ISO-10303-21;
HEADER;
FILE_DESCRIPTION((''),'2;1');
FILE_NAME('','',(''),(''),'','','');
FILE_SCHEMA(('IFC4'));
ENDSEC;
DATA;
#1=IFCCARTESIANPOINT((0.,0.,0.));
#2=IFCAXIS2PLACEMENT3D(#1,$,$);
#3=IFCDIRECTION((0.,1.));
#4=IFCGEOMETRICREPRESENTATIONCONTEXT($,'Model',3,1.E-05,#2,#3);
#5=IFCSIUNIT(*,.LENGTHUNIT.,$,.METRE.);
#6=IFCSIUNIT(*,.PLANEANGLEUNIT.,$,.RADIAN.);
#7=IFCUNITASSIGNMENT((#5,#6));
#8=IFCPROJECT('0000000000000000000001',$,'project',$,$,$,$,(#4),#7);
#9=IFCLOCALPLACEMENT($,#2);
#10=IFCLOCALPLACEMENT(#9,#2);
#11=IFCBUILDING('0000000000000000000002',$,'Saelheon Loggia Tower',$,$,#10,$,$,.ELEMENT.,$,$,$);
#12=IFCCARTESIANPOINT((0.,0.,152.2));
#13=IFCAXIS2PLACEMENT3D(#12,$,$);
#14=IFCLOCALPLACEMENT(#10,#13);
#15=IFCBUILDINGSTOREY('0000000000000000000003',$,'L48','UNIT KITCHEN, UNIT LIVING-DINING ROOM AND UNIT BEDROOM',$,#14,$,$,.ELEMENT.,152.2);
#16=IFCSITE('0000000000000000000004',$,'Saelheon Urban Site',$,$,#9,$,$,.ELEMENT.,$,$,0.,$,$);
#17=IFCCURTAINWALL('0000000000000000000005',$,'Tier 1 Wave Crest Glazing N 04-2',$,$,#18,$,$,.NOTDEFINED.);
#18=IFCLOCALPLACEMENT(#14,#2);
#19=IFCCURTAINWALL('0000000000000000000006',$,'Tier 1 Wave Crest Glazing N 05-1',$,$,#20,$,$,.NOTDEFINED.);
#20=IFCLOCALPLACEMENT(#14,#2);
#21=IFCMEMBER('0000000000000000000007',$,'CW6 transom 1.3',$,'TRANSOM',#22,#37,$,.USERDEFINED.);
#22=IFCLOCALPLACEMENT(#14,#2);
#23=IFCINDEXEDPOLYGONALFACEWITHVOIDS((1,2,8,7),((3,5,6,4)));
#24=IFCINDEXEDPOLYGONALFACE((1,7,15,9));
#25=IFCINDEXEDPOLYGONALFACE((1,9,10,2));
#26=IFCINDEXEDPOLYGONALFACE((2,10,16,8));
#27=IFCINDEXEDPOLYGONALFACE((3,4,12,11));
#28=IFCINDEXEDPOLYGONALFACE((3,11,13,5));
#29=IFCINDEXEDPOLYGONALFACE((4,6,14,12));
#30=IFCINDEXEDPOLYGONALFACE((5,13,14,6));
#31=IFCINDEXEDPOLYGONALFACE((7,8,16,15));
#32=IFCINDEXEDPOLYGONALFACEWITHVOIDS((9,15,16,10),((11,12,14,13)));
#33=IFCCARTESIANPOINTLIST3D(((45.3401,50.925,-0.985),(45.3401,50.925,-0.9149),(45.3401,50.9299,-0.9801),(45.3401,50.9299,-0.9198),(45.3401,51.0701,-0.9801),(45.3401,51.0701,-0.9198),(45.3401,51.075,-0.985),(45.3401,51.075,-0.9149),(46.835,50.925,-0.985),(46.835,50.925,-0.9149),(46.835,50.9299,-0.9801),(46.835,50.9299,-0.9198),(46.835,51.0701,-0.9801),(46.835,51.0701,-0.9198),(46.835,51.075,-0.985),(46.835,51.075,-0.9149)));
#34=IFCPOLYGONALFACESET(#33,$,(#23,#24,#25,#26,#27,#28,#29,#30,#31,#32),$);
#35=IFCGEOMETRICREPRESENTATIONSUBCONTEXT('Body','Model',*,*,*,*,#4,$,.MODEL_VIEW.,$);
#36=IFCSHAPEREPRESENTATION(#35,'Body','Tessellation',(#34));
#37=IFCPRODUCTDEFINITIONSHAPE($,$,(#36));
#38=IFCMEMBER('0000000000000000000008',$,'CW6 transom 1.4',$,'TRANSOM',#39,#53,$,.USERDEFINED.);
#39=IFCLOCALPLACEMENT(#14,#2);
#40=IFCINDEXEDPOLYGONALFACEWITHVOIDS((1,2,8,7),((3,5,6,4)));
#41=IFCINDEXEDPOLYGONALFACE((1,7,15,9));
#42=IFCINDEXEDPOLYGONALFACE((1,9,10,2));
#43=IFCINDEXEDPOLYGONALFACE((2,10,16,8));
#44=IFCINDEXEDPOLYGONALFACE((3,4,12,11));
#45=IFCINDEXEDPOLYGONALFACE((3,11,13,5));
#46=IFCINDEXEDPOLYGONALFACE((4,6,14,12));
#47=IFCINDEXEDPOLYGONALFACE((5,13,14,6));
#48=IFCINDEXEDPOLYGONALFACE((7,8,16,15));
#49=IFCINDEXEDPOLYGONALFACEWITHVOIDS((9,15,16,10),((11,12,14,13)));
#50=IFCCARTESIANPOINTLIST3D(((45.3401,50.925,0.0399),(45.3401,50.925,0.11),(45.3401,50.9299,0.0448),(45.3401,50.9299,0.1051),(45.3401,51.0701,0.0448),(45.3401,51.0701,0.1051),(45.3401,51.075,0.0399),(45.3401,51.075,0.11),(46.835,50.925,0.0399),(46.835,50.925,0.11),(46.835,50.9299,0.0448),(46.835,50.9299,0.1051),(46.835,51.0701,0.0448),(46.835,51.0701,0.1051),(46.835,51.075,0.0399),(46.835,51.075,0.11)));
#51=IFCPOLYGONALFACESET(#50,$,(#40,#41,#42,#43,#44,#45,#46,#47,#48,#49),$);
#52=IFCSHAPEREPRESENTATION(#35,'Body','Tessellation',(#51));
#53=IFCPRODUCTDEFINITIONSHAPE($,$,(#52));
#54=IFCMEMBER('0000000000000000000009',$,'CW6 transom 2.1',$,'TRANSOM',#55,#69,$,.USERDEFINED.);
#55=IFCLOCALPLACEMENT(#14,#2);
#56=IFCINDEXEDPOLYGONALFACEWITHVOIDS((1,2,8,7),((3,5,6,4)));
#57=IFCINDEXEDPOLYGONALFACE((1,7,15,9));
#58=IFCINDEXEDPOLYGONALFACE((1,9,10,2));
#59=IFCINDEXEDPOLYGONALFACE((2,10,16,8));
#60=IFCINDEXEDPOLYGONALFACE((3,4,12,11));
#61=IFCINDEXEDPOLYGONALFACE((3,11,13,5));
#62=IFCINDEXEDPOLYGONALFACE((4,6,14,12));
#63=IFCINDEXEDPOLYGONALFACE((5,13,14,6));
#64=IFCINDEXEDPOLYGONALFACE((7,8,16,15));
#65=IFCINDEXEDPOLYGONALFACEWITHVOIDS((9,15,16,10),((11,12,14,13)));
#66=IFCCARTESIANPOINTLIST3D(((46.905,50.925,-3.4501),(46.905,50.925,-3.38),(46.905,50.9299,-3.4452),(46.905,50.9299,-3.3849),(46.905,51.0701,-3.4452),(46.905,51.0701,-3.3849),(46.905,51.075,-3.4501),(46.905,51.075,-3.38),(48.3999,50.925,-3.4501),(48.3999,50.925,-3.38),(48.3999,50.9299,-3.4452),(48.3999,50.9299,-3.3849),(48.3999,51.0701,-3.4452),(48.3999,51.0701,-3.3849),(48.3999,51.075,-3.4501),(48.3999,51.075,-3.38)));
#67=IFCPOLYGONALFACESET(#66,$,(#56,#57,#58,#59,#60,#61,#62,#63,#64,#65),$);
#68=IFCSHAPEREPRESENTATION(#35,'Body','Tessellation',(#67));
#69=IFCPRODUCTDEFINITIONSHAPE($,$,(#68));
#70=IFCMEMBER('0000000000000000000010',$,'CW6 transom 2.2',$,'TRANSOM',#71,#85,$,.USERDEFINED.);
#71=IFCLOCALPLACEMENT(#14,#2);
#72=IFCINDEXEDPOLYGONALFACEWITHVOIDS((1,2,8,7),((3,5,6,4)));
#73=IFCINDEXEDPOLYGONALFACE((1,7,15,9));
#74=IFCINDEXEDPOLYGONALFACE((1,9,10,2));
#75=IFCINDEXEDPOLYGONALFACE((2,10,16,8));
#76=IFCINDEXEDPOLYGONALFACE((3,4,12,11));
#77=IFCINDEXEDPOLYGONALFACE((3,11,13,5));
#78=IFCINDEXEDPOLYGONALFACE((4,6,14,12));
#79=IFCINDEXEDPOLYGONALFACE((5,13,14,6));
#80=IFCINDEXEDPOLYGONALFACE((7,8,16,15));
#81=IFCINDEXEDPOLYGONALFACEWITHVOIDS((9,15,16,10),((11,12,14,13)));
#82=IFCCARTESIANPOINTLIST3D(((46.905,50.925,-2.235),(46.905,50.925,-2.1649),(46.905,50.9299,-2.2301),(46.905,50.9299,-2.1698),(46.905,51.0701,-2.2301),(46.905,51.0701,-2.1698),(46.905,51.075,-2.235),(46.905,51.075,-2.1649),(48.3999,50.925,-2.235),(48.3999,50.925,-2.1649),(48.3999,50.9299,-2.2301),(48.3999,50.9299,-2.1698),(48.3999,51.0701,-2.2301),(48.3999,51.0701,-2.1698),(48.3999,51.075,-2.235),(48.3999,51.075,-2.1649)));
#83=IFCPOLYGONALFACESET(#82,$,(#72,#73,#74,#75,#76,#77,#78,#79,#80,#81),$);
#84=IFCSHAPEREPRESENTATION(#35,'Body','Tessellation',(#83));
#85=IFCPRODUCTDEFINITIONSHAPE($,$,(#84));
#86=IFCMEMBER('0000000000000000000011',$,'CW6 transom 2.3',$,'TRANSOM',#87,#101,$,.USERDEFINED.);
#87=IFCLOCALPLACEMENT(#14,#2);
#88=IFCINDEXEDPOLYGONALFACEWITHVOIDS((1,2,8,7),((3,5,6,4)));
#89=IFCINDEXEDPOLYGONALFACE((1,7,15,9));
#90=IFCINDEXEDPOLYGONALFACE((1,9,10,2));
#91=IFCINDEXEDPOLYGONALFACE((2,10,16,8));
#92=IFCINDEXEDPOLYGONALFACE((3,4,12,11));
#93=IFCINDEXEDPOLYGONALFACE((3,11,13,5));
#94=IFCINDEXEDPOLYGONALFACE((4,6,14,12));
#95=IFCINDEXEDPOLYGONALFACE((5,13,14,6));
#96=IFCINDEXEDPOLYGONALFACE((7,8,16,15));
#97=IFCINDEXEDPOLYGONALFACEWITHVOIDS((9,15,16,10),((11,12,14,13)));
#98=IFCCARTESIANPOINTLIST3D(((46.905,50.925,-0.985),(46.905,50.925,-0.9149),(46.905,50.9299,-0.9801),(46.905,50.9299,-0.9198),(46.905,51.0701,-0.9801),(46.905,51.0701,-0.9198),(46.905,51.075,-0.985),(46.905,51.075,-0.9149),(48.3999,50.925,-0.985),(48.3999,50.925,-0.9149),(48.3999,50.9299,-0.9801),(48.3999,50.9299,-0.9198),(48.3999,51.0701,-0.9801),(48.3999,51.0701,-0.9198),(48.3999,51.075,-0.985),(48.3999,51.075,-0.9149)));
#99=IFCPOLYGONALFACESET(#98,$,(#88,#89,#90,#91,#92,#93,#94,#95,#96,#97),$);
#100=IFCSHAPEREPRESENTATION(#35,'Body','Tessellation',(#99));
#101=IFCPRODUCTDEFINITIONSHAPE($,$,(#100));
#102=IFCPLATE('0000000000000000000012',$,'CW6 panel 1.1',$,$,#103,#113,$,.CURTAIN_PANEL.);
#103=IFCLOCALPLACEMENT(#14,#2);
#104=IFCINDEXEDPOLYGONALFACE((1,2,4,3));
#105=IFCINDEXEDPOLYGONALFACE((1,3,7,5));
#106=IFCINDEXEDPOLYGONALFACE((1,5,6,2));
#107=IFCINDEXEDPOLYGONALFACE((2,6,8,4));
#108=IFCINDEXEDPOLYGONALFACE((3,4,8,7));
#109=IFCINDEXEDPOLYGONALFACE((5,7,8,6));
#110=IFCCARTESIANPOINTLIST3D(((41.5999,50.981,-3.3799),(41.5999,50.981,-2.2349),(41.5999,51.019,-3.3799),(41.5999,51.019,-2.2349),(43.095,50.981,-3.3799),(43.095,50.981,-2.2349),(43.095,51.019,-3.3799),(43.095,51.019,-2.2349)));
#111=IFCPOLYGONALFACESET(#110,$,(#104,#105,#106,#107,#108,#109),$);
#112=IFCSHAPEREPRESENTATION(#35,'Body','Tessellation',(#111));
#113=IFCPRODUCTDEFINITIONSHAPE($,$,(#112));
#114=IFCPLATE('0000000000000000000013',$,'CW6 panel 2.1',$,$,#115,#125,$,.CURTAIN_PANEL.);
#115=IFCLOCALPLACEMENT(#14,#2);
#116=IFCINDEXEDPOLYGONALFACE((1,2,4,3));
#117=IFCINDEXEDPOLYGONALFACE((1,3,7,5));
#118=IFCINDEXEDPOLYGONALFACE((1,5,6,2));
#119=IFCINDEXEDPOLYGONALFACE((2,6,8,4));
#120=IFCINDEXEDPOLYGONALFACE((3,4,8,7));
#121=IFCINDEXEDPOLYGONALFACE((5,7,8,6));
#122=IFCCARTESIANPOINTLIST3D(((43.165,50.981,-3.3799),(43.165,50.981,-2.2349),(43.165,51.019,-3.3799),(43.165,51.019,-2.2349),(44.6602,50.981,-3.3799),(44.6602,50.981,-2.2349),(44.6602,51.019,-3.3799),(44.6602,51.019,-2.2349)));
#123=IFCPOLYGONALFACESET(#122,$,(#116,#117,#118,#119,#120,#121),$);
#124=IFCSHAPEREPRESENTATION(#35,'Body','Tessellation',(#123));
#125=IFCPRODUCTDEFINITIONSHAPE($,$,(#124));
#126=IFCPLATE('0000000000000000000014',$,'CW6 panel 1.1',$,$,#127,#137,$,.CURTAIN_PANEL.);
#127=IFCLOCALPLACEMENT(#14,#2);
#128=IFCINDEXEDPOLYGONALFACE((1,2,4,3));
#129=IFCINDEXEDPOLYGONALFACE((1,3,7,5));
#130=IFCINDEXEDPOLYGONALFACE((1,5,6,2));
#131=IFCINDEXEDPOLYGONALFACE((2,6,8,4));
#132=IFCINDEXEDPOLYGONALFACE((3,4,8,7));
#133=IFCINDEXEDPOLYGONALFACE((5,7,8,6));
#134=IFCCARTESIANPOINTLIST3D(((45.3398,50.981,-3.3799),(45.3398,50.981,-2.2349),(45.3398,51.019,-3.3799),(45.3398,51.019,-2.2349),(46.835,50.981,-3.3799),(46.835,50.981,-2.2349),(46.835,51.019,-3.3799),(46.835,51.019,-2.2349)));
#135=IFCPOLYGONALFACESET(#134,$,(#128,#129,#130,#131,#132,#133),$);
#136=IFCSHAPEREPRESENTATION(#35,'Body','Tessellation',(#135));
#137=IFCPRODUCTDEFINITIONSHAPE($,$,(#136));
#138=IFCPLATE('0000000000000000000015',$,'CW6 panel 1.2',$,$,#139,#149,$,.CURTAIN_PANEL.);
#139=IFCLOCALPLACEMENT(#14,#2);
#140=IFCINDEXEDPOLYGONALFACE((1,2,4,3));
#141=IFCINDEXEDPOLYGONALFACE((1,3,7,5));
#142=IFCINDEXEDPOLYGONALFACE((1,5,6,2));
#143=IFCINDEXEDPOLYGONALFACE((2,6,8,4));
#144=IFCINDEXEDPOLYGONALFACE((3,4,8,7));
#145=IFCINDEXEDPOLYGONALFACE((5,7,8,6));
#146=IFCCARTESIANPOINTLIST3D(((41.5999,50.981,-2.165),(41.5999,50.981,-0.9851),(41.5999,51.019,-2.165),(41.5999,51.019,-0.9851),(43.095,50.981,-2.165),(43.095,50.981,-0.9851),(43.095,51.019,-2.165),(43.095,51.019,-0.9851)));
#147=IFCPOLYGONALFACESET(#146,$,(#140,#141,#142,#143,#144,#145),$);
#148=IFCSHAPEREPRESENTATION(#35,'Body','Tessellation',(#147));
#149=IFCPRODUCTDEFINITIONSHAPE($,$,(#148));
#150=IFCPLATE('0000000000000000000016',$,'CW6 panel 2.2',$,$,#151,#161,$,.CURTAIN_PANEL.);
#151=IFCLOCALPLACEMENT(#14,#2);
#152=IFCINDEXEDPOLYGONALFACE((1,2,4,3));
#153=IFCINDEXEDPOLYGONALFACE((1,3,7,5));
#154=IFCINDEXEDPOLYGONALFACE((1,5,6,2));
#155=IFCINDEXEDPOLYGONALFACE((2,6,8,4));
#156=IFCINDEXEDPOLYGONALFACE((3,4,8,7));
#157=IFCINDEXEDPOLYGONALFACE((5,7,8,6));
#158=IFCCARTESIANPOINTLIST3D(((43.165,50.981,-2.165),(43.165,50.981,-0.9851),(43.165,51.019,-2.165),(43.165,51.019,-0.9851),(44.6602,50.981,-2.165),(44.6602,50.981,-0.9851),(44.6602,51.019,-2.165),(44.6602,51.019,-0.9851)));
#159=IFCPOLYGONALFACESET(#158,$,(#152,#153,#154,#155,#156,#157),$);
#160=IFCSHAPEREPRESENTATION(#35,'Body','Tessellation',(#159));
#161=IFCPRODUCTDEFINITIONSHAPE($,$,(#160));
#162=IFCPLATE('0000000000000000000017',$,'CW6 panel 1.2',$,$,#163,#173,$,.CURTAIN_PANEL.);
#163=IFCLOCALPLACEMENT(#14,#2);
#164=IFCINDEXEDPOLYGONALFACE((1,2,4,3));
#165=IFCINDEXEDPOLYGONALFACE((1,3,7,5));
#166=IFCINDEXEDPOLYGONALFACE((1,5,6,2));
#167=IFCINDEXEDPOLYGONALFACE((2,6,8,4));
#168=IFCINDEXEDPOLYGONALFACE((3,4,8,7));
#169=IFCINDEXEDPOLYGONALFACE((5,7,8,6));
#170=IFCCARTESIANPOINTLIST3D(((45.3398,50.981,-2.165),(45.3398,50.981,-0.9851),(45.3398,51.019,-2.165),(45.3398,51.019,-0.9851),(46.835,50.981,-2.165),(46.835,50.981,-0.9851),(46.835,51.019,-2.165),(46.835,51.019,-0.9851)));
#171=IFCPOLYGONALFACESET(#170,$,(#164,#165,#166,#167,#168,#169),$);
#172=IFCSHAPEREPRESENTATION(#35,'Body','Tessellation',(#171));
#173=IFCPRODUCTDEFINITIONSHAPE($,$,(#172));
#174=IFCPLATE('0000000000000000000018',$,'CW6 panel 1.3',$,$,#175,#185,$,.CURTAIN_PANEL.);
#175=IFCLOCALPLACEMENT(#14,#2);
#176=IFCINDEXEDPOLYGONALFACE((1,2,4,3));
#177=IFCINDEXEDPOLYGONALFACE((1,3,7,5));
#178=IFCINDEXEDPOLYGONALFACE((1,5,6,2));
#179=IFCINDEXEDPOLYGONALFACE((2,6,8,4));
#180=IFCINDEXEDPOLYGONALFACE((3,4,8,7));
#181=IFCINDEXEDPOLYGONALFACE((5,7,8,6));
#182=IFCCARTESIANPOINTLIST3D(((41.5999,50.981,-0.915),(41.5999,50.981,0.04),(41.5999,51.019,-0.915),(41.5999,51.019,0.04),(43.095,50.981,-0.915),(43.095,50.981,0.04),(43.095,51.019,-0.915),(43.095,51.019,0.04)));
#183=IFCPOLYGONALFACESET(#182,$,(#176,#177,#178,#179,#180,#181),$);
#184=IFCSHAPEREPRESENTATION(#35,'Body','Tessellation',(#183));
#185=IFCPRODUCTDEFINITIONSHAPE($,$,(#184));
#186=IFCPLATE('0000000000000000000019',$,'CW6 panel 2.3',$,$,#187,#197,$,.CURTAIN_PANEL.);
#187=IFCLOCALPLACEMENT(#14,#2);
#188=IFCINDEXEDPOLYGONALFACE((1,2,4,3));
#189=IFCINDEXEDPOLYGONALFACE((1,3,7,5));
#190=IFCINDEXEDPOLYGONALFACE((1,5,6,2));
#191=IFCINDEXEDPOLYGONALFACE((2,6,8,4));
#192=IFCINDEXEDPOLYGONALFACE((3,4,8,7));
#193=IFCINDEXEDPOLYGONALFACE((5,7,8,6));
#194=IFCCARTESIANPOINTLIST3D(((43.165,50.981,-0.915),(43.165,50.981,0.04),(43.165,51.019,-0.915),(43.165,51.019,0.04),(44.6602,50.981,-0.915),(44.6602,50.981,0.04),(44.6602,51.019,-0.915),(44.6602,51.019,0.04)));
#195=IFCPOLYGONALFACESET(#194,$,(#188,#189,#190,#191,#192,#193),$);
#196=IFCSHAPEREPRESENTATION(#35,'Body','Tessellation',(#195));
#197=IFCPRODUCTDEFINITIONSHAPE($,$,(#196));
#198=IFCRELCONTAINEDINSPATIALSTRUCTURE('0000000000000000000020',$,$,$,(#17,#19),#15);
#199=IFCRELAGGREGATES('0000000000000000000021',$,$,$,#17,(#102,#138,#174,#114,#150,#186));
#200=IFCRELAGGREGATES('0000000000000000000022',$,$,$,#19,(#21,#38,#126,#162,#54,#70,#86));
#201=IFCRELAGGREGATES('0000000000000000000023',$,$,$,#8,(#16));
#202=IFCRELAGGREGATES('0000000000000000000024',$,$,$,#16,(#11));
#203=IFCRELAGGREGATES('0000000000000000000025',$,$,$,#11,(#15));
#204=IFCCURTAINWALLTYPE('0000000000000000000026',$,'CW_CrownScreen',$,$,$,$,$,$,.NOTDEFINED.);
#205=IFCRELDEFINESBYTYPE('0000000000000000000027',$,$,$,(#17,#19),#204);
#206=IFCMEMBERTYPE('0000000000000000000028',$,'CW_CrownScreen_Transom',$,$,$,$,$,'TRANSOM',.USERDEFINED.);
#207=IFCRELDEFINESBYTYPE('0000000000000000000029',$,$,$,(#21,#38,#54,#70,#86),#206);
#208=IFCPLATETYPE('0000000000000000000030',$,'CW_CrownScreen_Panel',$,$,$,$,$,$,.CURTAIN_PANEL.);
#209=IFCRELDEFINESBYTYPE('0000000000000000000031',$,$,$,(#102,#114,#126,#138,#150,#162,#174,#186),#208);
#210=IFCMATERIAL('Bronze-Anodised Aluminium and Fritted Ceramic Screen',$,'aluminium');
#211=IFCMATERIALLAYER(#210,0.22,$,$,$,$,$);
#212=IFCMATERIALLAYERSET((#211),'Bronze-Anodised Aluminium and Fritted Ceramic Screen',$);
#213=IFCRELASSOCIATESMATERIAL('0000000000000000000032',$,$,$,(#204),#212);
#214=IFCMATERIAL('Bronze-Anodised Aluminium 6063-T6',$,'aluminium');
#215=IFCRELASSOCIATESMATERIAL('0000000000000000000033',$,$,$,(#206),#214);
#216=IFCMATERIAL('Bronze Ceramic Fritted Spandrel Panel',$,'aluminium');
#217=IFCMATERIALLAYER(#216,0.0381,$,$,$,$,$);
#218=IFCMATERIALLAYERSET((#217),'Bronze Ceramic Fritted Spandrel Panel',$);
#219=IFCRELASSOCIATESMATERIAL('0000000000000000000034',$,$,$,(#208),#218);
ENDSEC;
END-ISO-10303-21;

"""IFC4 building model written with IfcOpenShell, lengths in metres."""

from ifc_helpers import new_model, si_unit, direction, frame, origin, origin_2d, place, context, subcontext, project, spatial, rectangle, hollow_rectangle, extrude, source, transform, mapped, material, layer, layer_set, material_profile, profile_set, type_object, element, aggregate, save


model = new_model("IFC4")

# Units and contexts
model_context = context("Model", 3, precision=1e-05, world=origin(), true_north=direction((0.0, 1.0)))
body_context = subcontext(model_context, "Body", "Model", "MODEL_VIEW")
ifc_project = project(units=[si_unit("LENGTHUNIT", "METRE"), si_unit("PLANEANGLEUNIT", "RADIAN")], contexts=[model_context])

# Site, building, storey
site_placement = place(None, origin())
site = spatial("IfcSite", under=ifc_project, at=site_placement, Name="Saelheon Urban Site", CompositionType="ELEMENT", RefElevation=0.0)
building_placement = place(site_placement, origin())
building = spatial("IfcBuilding", under=site, at=building_placement, Name="Saelheon Loggia Tower", CompositionType="ELEMENT")
storey_placement = place(building_placement, frame((0.0, 0.0, 152.2)))
storey = spatial("IfcBuildingStorey", under=building, at=storey_placement, Name="L48", Description="UNIT KITCHEN, UNIT LIVING-DINING ROOM AND UNIT BEDROOM", CompositionType="ELEMENT", Elevation=152.2)

# Curtain walls
ifc_material_1 = material(Name="Bronze-Anodised Aluminium and Fritted Ceramic Screen", Category="aluminium")
ifc_layer_1 = layer(ifc_material_1, 0.22)
ifc_layer_set_1 = layer_set([ifc_layer_1], Name="Bronze-Anodised Aluminium and Fritted Ceramic Screen")
curtain_wall_type = type_object("IfcCurtainWallType", Name="CW_CrownScreen", PredefinedType="NOTDEFINED", material=ifc_layer_set_1)
curtain_wall_1_placement = place(storey_placement, origin())
curtain_wall_1 = element("IfcCurtainWall", 1, at=curtain_wall_1_placement, inside=storey, type_object=curtain_wall_type, Name="Tier 1 Wave Crest Glazing N 04-2", PredefinedType="NOTDEFINED")
ifc_material_2 = material(Name="Bronze-Anodised Aluminium 6063-T6", Category="aluminium")
curtain_wall_2_placement = place(storey_placement, origin())
curtain_wall_2 = element("IfcCurtainWall", 2, at=curtain_wall_2_placement, inside=storey, type_object=curtain_wall_type, Name="Tier 1 Wave Crest Glazing N 05-1", PredefinedType="NOTDEFINED")

# Members
ifc_material_profile_1 = material_profile(ifc_material_2, hollow_rectangle(XDim=0.0701, YDim=0.1499, WallThickness=0.0049, at=origin_2d()), Name="RHS-150x70x5")
ifc_profile_set_1 = profile_set([ifc_material_profile_1], Name="Bronze-Anodised Aluminium 6063-T6")
member_type_1 = type_object("IfcMemberType", Name="CW_CrownScreen_Transom", ElementType="TRANSOM", PredefinedType="USERDEFINED", material=ifc_profile_set_1)
shared_shape_1 = source(origin(), body_context, "Body", "SweptSolid", [
    extrude(hollow_rectangle(XDim=0.0701, YDim=0.1499, WallThickness=0.0049, at=origin_2d()), origin(), (0.0, 0.0, 1.0), 1.4949),
])
member_1_placement = place(storey_placement, frame((45.3401, 51.0, -0.95), z_axis=(1.0, 0.0, 0.0), x_axis=(0.0, 0.0, 1.0)))
member_1 = element("IfcMember", 3, at=member_1_placement, type_object=member_type_1, Name="CW6 transom 1.3", ObjectType="TRANSOM", PredefinedType="USERDEFINED", context=body_context, shape_type="MappedRepresentation", body=[
    mapped(shared_shape_1, transform((0.0, 0.0, 0.0), scale=1.0)),
])
member_2_placement = place(storey_placement, frame((45.3401, 51.0, 0.075), z_axis=(1.0, 0.0, 0.0), x_axis=(0.0, 0.0, 1.0)))
member_2 = element("IfcMember", 4, at=member_2_placement, type_object=member_type_1, Name="CW6 transom 1.4", ObjectType="TRANSOM", PredefinedType="USERDEFINED", context=body_context, shape_type="MappedRepresentation", body=[
    mapped(shared_shape_1, transform((0.0, 0.0, 0.0), scale=1.0)),
])
member_3_placement = place(storey_placement, frame((46.905, 51.0, -3.415), z_axis=(1.0, 0.0, 0.0), x_axis=(0.0, 0.0, 1.0)))
member_3 = element("IfcMember", 5, at=member_3_placement, type_object=member_type_1, Name="CW6 transom 2.1", ObjectType="TRANSOM", PredefinedType="USERDEFINED", context=body_context, shape_type="MappedRepresentation", body=[
    mapped(shared_shape_1, transform((0.0, 0.0, 0.0), scale=1.0)),
])
member_4_placement = place(storey_placement, frame((46.905, 51.0, -2.2), z_axis=(1.0, 0.0, 0.0), x_axis=(0.0, 0.0, 1.0)))
member_4 = element("IfcMember", 6, at=member_4_placement, type_object=member_type_1, Name="CW6 transom 2.2", ObjectType="TRANSOM", PredefinedType="USERDEFINED", context=body_context, shape_type="MappedRepresentation", body=[
    mapped(shared_shape_1, transform((0.0, 0.0, 0.0), scale=1.0)),
])
member_5_placement = place(storey_placement, frame((46.905, 51.0, -0.95), z_axis=(1.0, 0.0, 0.0), x_axis=(0.0, 0.0, 1.0)))
member_5 = element("IfcMember", 7, at=member_5_placement, type_object=member_type_1, Name="CW6 transom 2.3", ObjectType="TRANSOM", PredefinedType="USERDEFINED", context=body_context, shape_type="MappedRepresentation", body=[
    mapped(shared_shape_1, transform((0.0, 0.0, 0.0), scale=1.0)),
])

# Plates
ifc_material_3 = material(Name="Bronze Ceramic Fritted Spandrel Panel", Category="aluminium")
ifc_layer_2 = layer(ifc_material_3, 0.0381)
ifc_layer_set_2 = layer_set([ifc_layer_2], Name="Bronze Ceramic Fritted Spandrel Panel")
plate_type = type_object("IfcPlateType", Name="CW_CrownScreen_Panel", PredefinedType="CURTAIN_PANEL", material=ifc_layer_set_2)
shared_shape_2 = source(origin(), body_context, "Body", "SweptSolid", [
    extrude(rectangle(XDim=1.4951, YDim=0.0381, at=origin_2d()), origin(), (0.0, 0.0, 1.0), 1.145),
])
plate_1_placement = place(storey_placement, frame((42.3474, 51.0, -3.3799), z_axis=(0.0, 0.0, 1.0), x_axis=(1.0, 0.0, 0.0)))
plate_1 = element("IfcPlate", 8, at=plate_1_placement, type_object=plate_type, Name="CW6 panel 1.1", PredefinedType="CURTAIN_PANEL", context=body_context, shape_type="MappedRepresentation", body=[
    mapped(shared_shape_2, transform((0.0, 0.0, 0.0), scale=1.0)),
])
plate_2_placement = place(storey_placement, frame((43.9126, 51.0, -3.3799), z_axis=(0.0, 0.0, 1.0), x_axis=(1.0, 0.0, 0.0)))
plate_2 = element("IfcPlate", 9, at=plate_2_placement, type_object=plate_type, Name="CW6 panel 2.1", PredefinedType="CURTAIN_PANEL", context=body_context, shape_type="MappedRepresentation", body=[
    mapped(shared_shape_2, transform((0.0, 0.0, 0.0), scale=1.0)),
])
plate_3_placement = place(storey_placement, frame((46.0874, 51.0, -3.3799), z_axis=(0.0, 0.0, 1.0), x_axis=(1.0, 0.0, 0.0)))
plate_3 = element("IfcPlate", 10, at=plate_3_placement, type_object=plate_type, Name="CW6 panel 1.1", PredefinedType="CURTAIN_PANEL", context=body_context, shape_type="MappedRepresentation", body=[
    mapped(shared_shape_2, transform((0.0, 0.0, 0.0), scale=1.0)),
])
shared_shape_3 = source(origin(), body_context, "Body", "SweptSolid", [
    extrude(rectangle(XDim=1.4951, YDim=0.0381, at=origin_2d()), origin(), (0.0, 0.0, 1.0), 1.1799),
])
plate_4_placement = place(storey_placement, frame((42.3474, 51.0, -2.165), z_axis=(0.0, 0.0, 1.0), x_axis=(1.0, 0.0, 0.0)))
plate_4 = element("IfcPlate", 11, at=plate_4_placement, type_object=plate_type, Name="CW6 panel 1.2", PredefinedType="CURTAIN_PANEL", context=body_context, shape_type="MappedRepresentation", body=[
    mapped(shared_shape_3, transform((0.0, 0.0, 0.0), scale=1.0)),
])
plate_5_placement = place(storey_placement, frame((43.9126, 51.0, -2.165), z_axis=(0.0, 0.0, 1.0), x_axis=(1.0, 0.0, 0.0)))
plate_5 = element("IfcPlate", 12, at=plate_5_placement, type_object=plate_type, Name="CW6 panel 2.2", PredefinedType="CURTAIN_PANEL", context=body_context, shape_type="MappedRepresentation", body=[
    mapped(shared_shape_3, transform((0.0, 0.0, 0.0), scale=1.0)),
])
plate_6_placement = place(storey_placement, frame((46.0874, 51.0, -2.165), z_axis=(0.0, 0.0, 1.0), x_axis=(1.0, 0.0, 0.0)))
plate_6 = element("IfcPlate", 13, at=plate_6_placement, type_object=plate_type, Name="CW6 panel 1.2", PredefinedType="CURTAIN_PANEL", context=body_context, shape_type="MappedRepresentation", body=[
    mapped(shared_shape_3, transform((0.0, 0.0, 0.0), scale=1.0)),
])
shared_shape_4 = source(origin(), body_context, "Body", "SweptSolid", [
    extrude(rectangle(XDim=1.4951, YDim=0.0381, at=origin_2d()), origin(), (0.0, 0.0, 1.0), 0.9551),
])
plate_7_placement = place(storey_placement, frame((42.3474, 51.0, -0.915), z_axis=(0.0, 0.0, 1.0), x_axis=(1.0, 0.0, 0.0)))
plate_7 = element("IfcPlate", 14, at=plate_7_placement, type_object=plate_type, Name="CW6 panel 1.3", PredefinedType="CURTAIN_PANEL", context=body_context, shape_type="MappedRepresentation", body=[
    mapped(shared_shape_4, transform((0.0, 0.0, 0.0), scale=1.0)),
])
plate_8_placement = place(storey_placement, frame((43.9126, 51.0, -0.915), z_axis=(0.0, 0.0, 1.0), x_axis=(1.0, 0.0, 0.0)))
plate_8 = element("IfcPlate", 15, at=plate_8_placement, type_object=plate_type, Name="CW6 panel 2.3", PredefinedType="CURTAIN_PANEL", context=body_context, shape_type="MappedRepresentation", body=[
    mapped(shared_shape_4, transform((0.0, 0.0, 0.0), scale=1.0)),
])
aggregate(curtain_wall_1, [plate_1, plate_4, plate_7, plate_2, plate_5, plate_8])
aggregate(curtain_wall_2, [member_1, member_2, plate_3, plate_6, member_3, member_4, member_5])

save(model, "model.ifc")
